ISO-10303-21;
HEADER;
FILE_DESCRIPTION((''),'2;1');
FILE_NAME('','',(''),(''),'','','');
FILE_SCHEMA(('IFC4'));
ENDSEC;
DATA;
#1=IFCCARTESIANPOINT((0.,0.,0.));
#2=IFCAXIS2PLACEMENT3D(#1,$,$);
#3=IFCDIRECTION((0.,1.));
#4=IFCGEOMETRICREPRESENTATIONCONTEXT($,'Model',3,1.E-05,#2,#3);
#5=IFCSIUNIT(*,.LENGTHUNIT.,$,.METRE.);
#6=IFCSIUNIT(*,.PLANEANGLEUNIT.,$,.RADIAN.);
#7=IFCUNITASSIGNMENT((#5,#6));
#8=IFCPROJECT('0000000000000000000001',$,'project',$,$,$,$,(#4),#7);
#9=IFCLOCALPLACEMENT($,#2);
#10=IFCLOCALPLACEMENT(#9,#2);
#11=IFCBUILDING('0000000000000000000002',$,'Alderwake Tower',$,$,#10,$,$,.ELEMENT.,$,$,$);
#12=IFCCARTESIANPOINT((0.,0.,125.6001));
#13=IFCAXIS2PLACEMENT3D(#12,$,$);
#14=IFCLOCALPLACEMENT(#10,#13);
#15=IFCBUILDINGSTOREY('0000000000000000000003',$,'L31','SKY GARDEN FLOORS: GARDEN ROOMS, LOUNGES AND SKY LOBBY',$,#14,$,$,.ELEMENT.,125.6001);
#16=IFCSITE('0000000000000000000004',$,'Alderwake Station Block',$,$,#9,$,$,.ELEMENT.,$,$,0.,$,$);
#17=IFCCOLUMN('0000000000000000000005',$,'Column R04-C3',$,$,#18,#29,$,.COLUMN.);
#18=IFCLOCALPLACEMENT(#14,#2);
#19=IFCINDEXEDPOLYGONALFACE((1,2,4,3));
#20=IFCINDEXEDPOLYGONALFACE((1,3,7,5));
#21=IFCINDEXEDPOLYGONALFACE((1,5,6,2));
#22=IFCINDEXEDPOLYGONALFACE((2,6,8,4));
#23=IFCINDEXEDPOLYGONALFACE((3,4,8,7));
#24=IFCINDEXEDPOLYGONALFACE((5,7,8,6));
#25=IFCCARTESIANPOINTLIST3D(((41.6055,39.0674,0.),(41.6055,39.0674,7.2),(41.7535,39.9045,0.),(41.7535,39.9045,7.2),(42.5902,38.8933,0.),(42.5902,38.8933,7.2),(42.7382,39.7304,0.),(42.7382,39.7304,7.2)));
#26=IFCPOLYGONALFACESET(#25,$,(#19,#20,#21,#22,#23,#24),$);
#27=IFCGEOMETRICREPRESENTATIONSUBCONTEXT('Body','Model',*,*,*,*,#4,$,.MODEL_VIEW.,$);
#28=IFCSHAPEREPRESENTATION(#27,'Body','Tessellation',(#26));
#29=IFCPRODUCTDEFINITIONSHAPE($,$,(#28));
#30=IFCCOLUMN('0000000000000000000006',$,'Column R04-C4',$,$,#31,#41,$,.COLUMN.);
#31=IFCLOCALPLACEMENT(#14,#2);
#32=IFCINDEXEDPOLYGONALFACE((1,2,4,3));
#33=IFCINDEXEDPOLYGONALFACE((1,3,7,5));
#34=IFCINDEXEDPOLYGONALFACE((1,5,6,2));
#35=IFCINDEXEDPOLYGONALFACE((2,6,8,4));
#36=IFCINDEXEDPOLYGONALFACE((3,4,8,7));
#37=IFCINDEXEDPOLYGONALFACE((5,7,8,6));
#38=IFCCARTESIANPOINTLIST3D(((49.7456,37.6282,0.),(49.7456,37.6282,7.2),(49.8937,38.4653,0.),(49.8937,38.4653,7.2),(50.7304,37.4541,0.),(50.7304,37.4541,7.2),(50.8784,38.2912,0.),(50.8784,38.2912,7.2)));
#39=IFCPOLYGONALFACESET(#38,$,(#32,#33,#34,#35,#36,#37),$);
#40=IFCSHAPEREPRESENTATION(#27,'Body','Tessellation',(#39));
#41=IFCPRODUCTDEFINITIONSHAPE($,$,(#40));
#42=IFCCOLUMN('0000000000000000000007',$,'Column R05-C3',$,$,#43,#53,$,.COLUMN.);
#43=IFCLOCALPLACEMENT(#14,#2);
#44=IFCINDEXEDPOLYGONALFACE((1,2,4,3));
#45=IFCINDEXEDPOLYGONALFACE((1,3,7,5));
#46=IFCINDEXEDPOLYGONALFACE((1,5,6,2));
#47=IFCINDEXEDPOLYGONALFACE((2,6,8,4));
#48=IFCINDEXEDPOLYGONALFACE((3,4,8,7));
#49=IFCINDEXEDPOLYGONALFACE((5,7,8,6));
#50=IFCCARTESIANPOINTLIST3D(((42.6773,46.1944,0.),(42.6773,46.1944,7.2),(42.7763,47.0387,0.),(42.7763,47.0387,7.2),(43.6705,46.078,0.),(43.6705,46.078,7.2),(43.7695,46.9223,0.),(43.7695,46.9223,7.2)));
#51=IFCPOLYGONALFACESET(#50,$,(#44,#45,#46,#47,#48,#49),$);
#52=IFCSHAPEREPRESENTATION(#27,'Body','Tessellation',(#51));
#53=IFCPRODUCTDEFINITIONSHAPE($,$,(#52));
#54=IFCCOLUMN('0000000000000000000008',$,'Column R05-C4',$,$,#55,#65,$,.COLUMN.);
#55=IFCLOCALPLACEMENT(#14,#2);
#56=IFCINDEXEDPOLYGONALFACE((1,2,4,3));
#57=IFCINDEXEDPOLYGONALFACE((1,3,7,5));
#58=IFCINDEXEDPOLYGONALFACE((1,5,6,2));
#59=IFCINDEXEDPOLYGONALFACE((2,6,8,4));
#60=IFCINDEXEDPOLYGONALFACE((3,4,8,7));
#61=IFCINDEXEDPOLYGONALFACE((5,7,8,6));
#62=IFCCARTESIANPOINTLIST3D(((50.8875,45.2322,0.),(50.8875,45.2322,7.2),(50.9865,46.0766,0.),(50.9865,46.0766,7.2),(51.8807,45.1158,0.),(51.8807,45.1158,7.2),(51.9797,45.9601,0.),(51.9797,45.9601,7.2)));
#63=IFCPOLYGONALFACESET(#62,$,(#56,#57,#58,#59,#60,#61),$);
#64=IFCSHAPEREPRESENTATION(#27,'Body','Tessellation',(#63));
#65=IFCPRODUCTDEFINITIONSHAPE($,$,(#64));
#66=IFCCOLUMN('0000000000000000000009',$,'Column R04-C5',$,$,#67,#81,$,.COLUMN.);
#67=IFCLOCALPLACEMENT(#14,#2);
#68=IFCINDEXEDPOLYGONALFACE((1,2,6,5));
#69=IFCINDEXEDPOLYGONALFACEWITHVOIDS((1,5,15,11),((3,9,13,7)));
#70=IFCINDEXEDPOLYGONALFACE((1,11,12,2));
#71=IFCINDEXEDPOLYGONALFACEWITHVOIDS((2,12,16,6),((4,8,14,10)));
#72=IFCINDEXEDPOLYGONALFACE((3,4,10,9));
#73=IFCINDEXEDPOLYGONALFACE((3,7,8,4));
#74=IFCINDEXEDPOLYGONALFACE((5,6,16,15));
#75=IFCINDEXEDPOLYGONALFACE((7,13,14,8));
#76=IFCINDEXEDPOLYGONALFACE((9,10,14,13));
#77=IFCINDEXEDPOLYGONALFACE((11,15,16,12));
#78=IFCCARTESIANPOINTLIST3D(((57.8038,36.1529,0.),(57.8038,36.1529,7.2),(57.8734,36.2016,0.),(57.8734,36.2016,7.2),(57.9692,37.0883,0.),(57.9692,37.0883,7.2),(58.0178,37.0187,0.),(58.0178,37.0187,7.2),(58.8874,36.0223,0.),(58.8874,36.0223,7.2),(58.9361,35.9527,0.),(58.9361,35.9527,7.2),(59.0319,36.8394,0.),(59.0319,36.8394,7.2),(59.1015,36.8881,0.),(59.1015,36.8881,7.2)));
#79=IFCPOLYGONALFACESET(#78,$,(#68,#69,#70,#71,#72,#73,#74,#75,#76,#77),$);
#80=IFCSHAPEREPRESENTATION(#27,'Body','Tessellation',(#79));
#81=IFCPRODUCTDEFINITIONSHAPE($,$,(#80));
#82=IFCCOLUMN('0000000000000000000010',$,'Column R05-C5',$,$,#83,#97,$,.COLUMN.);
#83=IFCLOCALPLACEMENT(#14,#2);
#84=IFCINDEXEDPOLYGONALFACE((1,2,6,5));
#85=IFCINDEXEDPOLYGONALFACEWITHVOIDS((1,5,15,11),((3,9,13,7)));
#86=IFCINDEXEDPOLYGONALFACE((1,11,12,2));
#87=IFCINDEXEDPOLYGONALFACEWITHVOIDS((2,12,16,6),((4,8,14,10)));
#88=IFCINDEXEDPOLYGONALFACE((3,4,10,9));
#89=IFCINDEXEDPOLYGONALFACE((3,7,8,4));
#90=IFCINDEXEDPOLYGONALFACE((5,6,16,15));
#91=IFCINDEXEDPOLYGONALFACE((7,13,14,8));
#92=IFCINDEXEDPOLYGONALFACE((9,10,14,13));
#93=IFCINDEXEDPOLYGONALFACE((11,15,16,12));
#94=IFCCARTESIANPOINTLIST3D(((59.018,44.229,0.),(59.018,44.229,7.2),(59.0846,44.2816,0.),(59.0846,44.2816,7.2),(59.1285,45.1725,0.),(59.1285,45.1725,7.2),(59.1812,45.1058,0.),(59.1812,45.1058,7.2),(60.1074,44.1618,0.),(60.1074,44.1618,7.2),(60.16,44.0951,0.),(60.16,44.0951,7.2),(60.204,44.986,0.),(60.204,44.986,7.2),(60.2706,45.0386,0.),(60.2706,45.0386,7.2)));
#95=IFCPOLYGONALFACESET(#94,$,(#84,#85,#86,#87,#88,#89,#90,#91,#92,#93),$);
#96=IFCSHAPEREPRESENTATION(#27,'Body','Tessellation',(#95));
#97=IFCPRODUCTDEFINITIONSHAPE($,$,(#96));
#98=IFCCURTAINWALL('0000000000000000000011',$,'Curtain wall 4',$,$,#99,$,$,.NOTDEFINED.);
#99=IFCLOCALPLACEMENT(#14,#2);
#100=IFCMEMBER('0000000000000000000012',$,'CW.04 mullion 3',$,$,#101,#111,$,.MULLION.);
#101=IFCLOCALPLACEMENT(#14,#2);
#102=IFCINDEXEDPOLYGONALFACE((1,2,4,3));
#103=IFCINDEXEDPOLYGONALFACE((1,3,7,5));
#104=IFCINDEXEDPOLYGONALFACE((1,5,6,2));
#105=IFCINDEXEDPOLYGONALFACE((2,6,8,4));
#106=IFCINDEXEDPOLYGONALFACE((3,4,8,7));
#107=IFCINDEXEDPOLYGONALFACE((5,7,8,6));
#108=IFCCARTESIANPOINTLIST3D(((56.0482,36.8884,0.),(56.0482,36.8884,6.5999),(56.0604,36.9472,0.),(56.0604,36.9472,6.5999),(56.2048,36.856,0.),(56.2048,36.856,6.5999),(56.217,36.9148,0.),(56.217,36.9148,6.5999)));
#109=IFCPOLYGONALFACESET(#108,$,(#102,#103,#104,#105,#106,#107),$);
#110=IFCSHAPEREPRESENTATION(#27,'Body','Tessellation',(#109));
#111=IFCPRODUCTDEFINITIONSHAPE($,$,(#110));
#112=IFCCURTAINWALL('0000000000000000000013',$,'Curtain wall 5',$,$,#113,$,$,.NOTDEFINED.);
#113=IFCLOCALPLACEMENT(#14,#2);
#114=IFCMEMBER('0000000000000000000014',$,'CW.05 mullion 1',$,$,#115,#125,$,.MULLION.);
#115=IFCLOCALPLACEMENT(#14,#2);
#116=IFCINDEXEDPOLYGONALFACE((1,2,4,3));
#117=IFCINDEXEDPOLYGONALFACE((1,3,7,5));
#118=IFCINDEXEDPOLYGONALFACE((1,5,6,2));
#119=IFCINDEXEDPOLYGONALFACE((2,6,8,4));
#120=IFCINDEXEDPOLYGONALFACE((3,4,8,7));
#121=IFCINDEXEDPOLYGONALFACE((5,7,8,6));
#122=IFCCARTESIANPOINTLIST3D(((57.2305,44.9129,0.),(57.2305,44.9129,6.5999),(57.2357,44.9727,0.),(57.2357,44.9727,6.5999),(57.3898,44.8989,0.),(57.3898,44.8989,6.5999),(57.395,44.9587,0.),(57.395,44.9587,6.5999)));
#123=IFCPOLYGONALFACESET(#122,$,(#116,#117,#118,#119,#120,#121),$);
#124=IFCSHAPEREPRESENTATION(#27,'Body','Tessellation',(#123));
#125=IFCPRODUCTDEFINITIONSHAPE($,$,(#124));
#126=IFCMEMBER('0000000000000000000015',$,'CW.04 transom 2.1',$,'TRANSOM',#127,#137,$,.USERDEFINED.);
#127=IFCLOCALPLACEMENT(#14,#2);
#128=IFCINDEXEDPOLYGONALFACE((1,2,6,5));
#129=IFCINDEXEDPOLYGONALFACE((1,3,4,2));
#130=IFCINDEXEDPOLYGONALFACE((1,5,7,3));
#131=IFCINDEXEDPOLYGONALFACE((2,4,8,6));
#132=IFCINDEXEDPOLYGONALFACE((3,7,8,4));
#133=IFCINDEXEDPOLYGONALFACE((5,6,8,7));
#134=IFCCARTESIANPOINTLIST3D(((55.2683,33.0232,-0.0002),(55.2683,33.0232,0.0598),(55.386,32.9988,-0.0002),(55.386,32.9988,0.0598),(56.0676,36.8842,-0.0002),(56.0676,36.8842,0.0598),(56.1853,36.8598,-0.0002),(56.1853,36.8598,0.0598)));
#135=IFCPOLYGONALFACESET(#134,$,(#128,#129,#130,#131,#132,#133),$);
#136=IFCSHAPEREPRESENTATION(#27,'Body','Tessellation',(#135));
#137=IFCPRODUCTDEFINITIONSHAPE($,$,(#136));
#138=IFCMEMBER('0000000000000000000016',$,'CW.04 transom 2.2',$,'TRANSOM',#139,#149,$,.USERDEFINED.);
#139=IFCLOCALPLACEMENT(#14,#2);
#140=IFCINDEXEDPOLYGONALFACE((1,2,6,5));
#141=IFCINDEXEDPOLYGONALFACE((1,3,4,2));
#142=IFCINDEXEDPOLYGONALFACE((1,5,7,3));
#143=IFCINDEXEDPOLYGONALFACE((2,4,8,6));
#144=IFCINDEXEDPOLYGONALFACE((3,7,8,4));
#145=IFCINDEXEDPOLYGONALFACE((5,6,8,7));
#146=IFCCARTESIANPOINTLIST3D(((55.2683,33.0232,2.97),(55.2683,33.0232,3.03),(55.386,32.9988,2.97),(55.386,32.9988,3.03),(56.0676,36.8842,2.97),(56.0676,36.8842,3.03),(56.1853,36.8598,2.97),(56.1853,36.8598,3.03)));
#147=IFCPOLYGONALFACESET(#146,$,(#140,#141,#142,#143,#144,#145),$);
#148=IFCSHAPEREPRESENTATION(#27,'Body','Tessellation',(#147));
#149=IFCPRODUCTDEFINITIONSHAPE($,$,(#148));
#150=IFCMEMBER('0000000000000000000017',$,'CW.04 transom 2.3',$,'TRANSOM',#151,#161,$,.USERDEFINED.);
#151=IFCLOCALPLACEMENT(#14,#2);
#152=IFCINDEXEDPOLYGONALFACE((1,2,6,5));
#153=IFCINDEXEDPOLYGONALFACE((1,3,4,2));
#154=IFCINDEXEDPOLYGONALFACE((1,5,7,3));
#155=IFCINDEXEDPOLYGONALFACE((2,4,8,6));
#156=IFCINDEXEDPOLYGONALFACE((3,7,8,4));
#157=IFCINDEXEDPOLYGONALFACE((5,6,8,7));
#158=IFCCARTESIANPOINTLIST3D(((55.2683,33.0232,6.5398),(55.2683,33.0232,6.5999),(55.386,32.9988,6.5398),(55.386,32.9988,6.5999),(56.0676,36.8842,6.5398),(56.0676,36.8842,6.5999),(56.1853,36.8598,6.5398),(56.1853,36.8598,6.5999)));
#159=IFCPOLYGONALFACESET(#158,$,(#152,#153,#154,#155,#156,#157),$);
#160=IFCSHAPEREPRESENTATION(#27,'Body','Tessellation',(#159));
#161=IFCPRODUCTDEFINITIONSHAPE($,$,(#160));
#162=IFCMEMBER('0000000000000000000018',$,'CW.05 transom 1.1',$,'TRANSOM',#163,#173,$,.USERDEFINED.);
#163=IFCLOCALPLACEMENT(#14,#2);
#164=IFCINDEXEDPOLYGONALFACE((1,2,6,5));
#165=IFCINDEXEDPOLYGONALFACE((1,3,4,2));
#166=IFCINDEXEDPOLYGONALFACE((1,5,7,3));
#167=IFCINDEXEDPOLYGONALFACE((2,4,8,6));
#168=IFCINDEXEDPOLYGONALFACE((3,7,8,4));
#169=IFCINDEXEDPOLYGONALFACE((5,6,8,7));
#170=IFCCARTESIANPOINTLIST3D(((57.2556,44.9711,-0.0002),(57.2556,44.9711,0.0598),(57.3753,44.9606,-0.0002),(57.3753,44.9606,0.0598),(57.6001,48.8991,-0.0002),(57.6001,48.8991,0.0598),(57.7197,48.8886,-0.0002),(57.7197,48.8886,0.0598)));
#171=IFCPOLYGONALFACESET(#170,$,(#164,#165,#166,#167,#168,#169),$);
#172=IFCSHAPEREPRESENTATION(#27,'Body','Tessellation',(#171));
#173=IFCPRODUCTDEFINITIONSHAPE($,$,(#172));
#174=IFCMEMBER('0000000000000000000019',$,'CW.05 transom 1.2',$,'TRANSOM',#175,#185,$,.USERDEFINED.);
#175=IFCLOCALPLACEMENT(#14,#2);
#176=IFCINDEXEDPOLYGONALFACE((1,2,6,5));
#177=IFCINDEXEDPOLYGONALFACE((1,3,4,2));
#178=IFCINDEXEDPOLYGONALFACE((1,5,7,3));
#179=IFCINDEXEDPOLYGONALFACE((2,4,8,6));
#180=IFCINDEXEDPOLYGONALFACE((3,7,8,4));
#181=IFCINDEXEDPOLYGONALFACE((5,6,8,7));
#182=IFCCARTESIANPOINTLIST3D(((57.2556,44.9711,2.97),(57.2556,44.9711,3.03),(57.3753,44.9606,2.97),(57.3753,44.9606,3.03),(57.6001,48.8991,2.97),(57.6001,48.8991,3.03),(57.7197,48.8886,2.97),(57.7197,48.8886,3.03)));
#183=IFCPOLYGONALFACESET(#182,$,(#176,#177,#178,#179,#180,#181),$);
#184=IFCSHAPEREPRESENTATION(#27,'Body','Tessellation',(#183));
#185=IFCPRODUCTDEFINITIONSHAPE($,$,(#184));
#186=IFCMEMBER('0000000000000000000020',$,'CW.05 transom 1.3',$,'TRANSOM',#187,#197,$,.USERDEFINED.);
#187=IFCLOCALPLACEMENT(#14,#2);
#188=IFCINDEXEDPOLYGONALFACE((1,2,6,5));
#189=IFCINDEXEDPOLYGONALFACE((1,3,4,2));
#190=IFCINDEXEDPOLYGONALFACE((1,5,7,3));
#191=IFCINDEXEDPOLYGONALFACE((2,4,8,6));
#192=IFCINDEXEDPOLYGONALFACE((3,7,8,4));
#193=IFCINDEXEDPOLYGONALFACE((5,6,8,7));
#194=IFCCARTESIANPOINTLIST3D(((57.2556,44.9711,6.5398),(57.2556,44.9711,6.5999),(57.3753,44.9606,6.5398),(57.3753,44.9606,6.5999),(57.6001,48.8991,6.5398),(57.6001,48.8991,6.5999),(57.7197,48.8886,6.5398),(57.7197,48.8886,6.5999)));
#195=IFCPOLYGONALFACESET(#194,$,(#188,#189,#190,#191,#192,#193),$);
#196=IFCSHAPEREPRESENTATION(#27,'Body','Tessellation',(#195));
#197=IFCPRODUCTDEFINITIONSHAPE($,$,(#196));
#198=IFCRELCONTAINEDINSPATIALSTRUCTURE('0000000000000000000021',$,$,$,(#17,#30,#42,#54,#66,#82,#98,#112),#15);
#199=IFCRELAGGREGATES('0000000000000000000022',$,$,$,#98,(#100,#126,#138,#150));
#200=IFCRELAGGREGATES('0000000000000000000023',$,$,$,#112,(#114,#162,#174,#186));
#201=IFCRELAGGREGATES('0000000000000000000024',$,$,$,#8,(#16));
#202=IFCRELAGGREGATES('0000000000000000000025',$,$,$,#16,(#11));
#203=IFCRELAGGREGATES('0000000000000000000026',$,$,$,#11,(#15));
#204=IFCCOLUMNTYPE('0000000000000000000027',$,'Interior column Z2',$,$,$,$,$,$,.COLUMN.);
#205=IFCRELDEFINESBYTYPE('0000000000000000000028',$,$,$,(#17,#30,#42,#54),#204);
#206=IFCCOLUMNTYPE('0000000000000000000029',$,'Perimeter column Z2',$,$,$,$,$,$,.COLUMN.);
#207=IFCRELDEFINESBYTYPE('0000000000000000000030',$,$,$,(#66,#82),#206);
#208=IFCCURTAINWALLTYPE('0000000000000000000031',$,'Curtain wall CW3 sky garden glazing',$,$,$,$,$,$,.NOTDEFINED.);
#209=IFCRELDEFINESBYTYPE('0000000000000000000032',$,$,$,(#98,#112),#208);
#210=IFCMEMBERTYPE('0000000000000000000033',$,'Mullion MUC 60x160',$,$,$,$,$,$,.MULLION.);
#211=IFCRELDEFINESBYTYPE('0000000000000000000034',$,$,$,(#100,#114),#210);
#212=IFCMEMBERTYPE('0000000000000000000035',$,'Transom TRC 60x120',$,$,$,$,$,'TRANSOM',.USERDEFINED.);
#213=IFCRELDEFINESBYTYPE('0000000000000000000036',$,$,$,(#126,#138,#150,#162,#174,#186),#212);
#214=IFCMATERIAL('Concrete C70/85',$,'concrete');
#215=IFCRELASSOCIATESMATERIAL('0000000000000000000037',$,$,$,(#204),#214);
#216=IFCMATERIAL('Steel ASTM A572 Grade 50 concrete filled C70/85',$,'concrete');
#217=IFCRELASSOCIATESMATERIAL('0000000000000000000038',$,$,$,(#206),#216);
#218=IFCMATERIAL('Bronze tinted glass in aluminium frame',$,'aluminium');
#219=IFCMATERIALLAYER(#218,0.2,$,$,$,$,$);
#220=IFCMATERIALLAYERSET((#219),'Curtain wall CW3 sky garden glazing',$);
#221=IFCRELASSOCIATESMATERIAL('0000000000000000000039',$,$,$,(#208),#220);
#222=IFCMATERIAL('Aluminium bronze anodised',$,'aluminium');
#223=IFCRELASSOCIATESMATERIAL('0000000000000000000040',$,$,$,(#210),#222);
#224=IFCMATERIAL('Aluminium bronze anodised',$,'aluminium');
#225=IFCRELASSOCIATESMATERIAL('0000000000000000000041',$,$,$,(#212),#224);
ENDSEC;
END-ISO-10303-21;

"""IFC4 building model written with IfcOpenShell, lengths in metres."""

from ifc_helpers import new_model, si_unit, direction, frame, origin, origin_2d, place, context, subcontext, project, spatial, rectangle, hollow_rectangle, extrude, material, layer, layer_set, material_profile, profile_set, type_object, element, aggregate, save


model = new_model("IFC4")

# Units and contexts
model_context = context("Model", 3, precision=1e-05, world=origin(), true_north=direction((0.0, 1.0)))
body_context = subcontext(model_context, "Body", "Model", "MODEL_VIEW")
ifc_project = project(units=[si_unit("LENGTHUNIT", "METRE"), si_unit("PLANEANGLEUNIT", "RADIAN")], contexts=[model_context])

# Site, building, storey
site_placement = place(None, origin())
site = spatial("IfcSite", under=ifc_project, at=site_placement, Name="Alderwake Station Block", CompositionType="ELEMENT", RefElevation=0.0)
building_placement = place(site_placement, origin())
building = spatial("IfcBuilding", under=site, at=building_placement, Name="Alderwake Tower", CompositionType="ELEMENT")
storey_placement = place(building_placement, frame((0.0, 0.0, 125.6001)))
storey = spatial("IfcBuildingStorey", under=building, at=storey_placement, Name="L31", Description="SKY GARDEN FLOORS: GARDEN ROOMS, LOUNGES AND SKY LOBBY", CompositionType="ELEMENT", Elevation=125.6001)

# Columns
ifc_material_1 = material(Name="Concrete C70/85", Category="concrete")
ifc_material_profile_1 = material_profile(ifc_material_1, rectangle(XDim=0.8501, YDim=1.0, at=origin_2d()), Name="RC 1000X850")
ifc_profile_set_1 = profile_set([ifc_material_profile_1], Name="Concrete C70/85")
column_type_1 = type_object("IfcColumnType", Name="Interior column Z2", PredefinedType="COLUMN", material=ifc_profile_set_1)
for number, where, z_axis, x_axis, name in (
    (1, (42.1719, 39.3989, 0.0), (0.0, 0.0, 1.0), (0.174107, 0.984727, 0.0), "Column R04-C3"),
    (2, (50.312, 37.9597, 0.0), (0.0, 0.0, 1.0), (0.174109, 0.984726, 0.0), "Column R04-C4"),
    (3, (43.2234, 46.5583, 0.0), (0.0, 0.0, 1.0), (0.116402, 0.993202, 0.0), "Column R05-C3"),
    (4, (51.4336, 45.5962, 0.0), (0.0, 0.0, 1.0), (0.116402, 0.993202, 0.0), "Column R05-C4"),
):
    element("IfcColumn", number, at=place(storey_placement, frame(where, z_axis=z_axis, x_axis=x_axis)), inside=storey, type_object=column_type_1, Name=name, PredefinedType="COLUMN", context=body_context, shape_type="SweptSolid", body=[
        extrude(rectangle(XDim=0.8501, YDim=1.0, at=origin_2d()), origin(), (0.0, 0.0, 1.0), 7.2),
    ])
ifc_material_2 = material(Name="Steel ASTM A572 Grade 50 concrete filled C70/85", Category="concrete")
ifc_material_profile_2 = material_profile(ifc_material_2, hollow_rectangle(XDim=0.95, YDim=1.1499, WallThickness=0.0601, at=origin_2d()), Name="BOX 1150X950X60")
ifc_profile_set_2 = profile_set([ifc_material_profile_2], Name="Steel ASTM A572 Grade 50 concrete filled C70/85")
column_type_2 = type_object("IfcColumnType", Name="Perimeter column Z2", PredefinedType="COLUMN", material=ifc_profile_set_2)
for number, where, z_axis, x_axis, name in (
    (5, (58.4526, 36.5205, 0.0), (0.0, 0.0, 1.0), (0.174109, 0.984726, 0.0), "Column R04-C5"),
    (6, (59.6443, 44.6338, 0.0), (0.0, 0.0, 1.0), (0.116402, 0.993202, 0.0), "Column R05-C5"),
):
    element("IfcColumn", number, at=place(storey_placement, frame(where, z_axis=z_axis, x_axis=x_axis)), inside=storey, type_object=column_type_2, Name=name, PredefinedType="COLUMN", context=body_context, shape_type="SweptSolid", body=[
        extrude(hollow_rectangle(XDim=0.95, YDim=1.1499, WallThickness=0.0601, at=origin_2d()), origin(), (0.0, 0.0, 1.0), 7.2),
    ])

# Curtain walls, members
ifc_material_3 = material(Name="Bronze tinted glass in aluminium frame", Category="aluminium")
ifc_layer_1 = layer(ifc_material_3, 0.2)
ifc_layer_set_1 = layer_set([ifc_layer_1], Name="Curtain wall CW3 sky garden glazing")
curtain_wall_type = type_object("IfcCurtainWallType", Name="Curtain wall CW3 sky garden glazing", PredefinedType="NOTDEFINED", material=ifc_layer_set_1)
curtain_wall_1_placement = place(storey_placement, origin())
curtain_wall_1 = element("IfcCurtainWall", 7, at=curtain_wall_1_placement, inside=storey, type_object=curtain_wall_type, Name="Curtain wall 4", PredefinedType="NOTDEFINED")
ifc_material_4 = material(Name="Aluminium bronze anodised", Category="aluminium")
ifc_material_profile_3 = material_profile(ifc_material_4, rectangle(XDim=0.1599, YDim=0.0601, at=origin_2d()), Name="Mullion MUC 60x160")
ifc_profile_set_3 = profile_set([ifc_material_profile_3], Name="Aluminium bronze anodised")
member_type_1 = type_object("IfcMemberType", Name="Mullion MUC 60x160", PredefinedType="MULLION", material=ifc_profile_set_3)
member_1_placement = place(storey_placement, frame((56.1326, 36.9016, 0.0), z_axis=(0.0, 0.0, 1.0), x_axis=(-0.979229, 0.202756, 0.0)))
member_1 = element("IfcMember", 8, at=member_1_placement, type_object=member_type_1, Name="CW.04 mullion 3", PredefinedType="MULLION", context=body_context, shape_type="SweptSolid", body=[
    extrude(rectangle(XDim=0.1599, YDim=0.0601, at=origin_2d()), origin(), (0.0, 0.0, 1.0), 6.5999),
])
curtain_wall_2_placement = place(storey_placement, origin())
curtain_wall_2 = element("IfcCurtainWall", 9, at=curtain_wall_2_placement, inside=storey, type_object=curtain_wall_type, Name="Curtain wall 5", PredefinedType="NOTDEFINED")
member_2_placement = place(storey_placement, frame((57.3127, 44.9358, 0.0), z_axis=(0.0, 0.0, 1.0), x_axis=(-0.996174, 0.087388, 0.0)))
member_2 = element("IfcMember", 10, at=member_2_placement, type_object=member_type_1, Name="CW.05 mullion 1", PredefinedType="MULLION", context=body_context, shape_type="SweptSolid", body=[
    extrude(rectangle(XDim=0.1599, YDim=0.0601, at=origin_2d()), origin(), (0.0, 0.0, 1.0), 6.5999),
])

# Members
ifc_material_5 = material(Name="Aluminium bronze anodised", Category="aluminium")
ifc_material_profile_4 = material_profile(ifc_material_5, rectangle(XDim=0.1201, YDim=0.0601, at=origin_2d()), Name="Transom TRC 60x120")
ifc_profile_set_4 = profile_set([ifc_material_profile_4], Name="Aluminium bronze anodised")
member_type_2 = type_object("IfcMemberType", Name="Transom TRC 60x120", ElementType="TRANSOM", PredefinedType="USERDEFINED", material=ifc_profile_set_4)
member_3_placement = place(storey_placement, frame((55.3271, 33.011, 0.0298), z_axis=(0.20272, 0.979237, 0.0), x_axis=(-0.979237, 0.20272, 0.0)))
member_3 = element("IfcMember", 11, at=member_3_placement, type_object=member_type_2, Name="CW.04 transom 2.1", ObjectType="TRANSOM", PredefinedType="USERDEFINED", context=body_context, shape_type="SweptSolid", body=[
    extrude(rectangle(XDim=0.1201, YDim=0.0601, at=origin_2d()), origin(), (0.0, 0.0, 1.0), 3.9429),
])
member_4_placement = place(storey_placement, frame((55.3271, 33.011, 3.0), z_axis=(0.20272, 0.979237, 0.0), x_axis=(-0.979237, 0.20272, 0.0)))
member_4 = element("IfcMember", 12, at=member_4_placement, type_object=member_type_2, Name="CW.04 transom 2.2", ObjectType="TRANSOM", PredefinedType="USERDEFINED", context=body_context, shape_type="SweptSolid", body=[
    extrude(rectangle(XDim=0.1201, YDim=0.0601, at=origin_2d()), origin(), (0.0, 0.0, 1.0), 3.9429),
])
member_5_placement = place(storey_placement, frame((55.3271, 33.011, 6.5698), z_axis=(0.20272, 0.979237, 0.0), x_axis=(-0.979237, 0.20272, 0.0)))
member_5 = element("IfcMember", 13, at=member_5_placement, type_object=member_type_2, Name="CW.04 transom 2.3", ObjectType="TRANSOM", PredefinedType="USERDEFINED", context=body_context, shape_type="SweptSolid", body=[
    extrude(rectangle(XDim=0.1201, YDim=0.0601, at=origin_2d()), origin(), (0.0, 0.0, 1.0), 3.9429),
])
member_6_placement = place(storey_placement, frame((57.3154, 44.9658, 0.0298), z_axis=(0.087364, 0.996176, 0.0), x_axis=(-0.996176, 0.087364, 0.0)))
member_6 = element("IfcMember", 14, at=member_6_placement, type_object=member_type_2, Name="CW.05 transom 1.1", ObjectType="TRANSOM", PredefinedType="USERDEFINED", context=body_context, shape_type="SweptSolid", body=[
    extrude(rectangle(XDim=0.1201, YDim=0.0601, at=origin_2d()), origin(), (0.0, 0.0, 1.0), 3.9431),
])
member_7_placement = place(storey_placement, frame((57.3154, 44.9658, 3.0), z_axis=(0.087364, 0.996176, 0.0), x_axis=(-0.996176, 0.087364, 0.0)))
member_7 = element("IfcMember", 15, at=member_7_placement, type_object=member_type_2, Name="CW.05 transom 1.2", ObjectType="TRANSOM", PredefinedType="USERDEFINED", context=body_context, shape_type="SweptSolid", body=[
    extrude(rectangle(XDim=0.1201, YDim=0.0601, at=origin_2d()), origin(), (0.0, 0.0, 1.0), 3.9431),
])
member_8_placement = place(storey_placement, frame((57.3154, 44.9658, 6.5698), z_axis=(0.087364, 0.996176, 0.0), x_axis=(-0.996176, 0.087364, 0.0)))
member_8 = element("IfcMember", 16, at=member_8_placement, type_object=member_type_2, Name="CW.05 transom 1.3", ObjectType="TRANSOM", PredefinedType="USERDEFINED", context=body_context, shape_type="SweptSolid", body=[
    extrude(rectangle(XDim=0.1201, YDim=0.0601, at=origin_2d()), origin(), (0.0, 0.0, 1.0), 3.9431),
])

aggregate(curtain_wall_1, [member_1, member_3, member_4, member_5])
aggregate(curtain_wall_2, [member_2, member_6, member_7, member_8])

save(model, "model.ifc")
